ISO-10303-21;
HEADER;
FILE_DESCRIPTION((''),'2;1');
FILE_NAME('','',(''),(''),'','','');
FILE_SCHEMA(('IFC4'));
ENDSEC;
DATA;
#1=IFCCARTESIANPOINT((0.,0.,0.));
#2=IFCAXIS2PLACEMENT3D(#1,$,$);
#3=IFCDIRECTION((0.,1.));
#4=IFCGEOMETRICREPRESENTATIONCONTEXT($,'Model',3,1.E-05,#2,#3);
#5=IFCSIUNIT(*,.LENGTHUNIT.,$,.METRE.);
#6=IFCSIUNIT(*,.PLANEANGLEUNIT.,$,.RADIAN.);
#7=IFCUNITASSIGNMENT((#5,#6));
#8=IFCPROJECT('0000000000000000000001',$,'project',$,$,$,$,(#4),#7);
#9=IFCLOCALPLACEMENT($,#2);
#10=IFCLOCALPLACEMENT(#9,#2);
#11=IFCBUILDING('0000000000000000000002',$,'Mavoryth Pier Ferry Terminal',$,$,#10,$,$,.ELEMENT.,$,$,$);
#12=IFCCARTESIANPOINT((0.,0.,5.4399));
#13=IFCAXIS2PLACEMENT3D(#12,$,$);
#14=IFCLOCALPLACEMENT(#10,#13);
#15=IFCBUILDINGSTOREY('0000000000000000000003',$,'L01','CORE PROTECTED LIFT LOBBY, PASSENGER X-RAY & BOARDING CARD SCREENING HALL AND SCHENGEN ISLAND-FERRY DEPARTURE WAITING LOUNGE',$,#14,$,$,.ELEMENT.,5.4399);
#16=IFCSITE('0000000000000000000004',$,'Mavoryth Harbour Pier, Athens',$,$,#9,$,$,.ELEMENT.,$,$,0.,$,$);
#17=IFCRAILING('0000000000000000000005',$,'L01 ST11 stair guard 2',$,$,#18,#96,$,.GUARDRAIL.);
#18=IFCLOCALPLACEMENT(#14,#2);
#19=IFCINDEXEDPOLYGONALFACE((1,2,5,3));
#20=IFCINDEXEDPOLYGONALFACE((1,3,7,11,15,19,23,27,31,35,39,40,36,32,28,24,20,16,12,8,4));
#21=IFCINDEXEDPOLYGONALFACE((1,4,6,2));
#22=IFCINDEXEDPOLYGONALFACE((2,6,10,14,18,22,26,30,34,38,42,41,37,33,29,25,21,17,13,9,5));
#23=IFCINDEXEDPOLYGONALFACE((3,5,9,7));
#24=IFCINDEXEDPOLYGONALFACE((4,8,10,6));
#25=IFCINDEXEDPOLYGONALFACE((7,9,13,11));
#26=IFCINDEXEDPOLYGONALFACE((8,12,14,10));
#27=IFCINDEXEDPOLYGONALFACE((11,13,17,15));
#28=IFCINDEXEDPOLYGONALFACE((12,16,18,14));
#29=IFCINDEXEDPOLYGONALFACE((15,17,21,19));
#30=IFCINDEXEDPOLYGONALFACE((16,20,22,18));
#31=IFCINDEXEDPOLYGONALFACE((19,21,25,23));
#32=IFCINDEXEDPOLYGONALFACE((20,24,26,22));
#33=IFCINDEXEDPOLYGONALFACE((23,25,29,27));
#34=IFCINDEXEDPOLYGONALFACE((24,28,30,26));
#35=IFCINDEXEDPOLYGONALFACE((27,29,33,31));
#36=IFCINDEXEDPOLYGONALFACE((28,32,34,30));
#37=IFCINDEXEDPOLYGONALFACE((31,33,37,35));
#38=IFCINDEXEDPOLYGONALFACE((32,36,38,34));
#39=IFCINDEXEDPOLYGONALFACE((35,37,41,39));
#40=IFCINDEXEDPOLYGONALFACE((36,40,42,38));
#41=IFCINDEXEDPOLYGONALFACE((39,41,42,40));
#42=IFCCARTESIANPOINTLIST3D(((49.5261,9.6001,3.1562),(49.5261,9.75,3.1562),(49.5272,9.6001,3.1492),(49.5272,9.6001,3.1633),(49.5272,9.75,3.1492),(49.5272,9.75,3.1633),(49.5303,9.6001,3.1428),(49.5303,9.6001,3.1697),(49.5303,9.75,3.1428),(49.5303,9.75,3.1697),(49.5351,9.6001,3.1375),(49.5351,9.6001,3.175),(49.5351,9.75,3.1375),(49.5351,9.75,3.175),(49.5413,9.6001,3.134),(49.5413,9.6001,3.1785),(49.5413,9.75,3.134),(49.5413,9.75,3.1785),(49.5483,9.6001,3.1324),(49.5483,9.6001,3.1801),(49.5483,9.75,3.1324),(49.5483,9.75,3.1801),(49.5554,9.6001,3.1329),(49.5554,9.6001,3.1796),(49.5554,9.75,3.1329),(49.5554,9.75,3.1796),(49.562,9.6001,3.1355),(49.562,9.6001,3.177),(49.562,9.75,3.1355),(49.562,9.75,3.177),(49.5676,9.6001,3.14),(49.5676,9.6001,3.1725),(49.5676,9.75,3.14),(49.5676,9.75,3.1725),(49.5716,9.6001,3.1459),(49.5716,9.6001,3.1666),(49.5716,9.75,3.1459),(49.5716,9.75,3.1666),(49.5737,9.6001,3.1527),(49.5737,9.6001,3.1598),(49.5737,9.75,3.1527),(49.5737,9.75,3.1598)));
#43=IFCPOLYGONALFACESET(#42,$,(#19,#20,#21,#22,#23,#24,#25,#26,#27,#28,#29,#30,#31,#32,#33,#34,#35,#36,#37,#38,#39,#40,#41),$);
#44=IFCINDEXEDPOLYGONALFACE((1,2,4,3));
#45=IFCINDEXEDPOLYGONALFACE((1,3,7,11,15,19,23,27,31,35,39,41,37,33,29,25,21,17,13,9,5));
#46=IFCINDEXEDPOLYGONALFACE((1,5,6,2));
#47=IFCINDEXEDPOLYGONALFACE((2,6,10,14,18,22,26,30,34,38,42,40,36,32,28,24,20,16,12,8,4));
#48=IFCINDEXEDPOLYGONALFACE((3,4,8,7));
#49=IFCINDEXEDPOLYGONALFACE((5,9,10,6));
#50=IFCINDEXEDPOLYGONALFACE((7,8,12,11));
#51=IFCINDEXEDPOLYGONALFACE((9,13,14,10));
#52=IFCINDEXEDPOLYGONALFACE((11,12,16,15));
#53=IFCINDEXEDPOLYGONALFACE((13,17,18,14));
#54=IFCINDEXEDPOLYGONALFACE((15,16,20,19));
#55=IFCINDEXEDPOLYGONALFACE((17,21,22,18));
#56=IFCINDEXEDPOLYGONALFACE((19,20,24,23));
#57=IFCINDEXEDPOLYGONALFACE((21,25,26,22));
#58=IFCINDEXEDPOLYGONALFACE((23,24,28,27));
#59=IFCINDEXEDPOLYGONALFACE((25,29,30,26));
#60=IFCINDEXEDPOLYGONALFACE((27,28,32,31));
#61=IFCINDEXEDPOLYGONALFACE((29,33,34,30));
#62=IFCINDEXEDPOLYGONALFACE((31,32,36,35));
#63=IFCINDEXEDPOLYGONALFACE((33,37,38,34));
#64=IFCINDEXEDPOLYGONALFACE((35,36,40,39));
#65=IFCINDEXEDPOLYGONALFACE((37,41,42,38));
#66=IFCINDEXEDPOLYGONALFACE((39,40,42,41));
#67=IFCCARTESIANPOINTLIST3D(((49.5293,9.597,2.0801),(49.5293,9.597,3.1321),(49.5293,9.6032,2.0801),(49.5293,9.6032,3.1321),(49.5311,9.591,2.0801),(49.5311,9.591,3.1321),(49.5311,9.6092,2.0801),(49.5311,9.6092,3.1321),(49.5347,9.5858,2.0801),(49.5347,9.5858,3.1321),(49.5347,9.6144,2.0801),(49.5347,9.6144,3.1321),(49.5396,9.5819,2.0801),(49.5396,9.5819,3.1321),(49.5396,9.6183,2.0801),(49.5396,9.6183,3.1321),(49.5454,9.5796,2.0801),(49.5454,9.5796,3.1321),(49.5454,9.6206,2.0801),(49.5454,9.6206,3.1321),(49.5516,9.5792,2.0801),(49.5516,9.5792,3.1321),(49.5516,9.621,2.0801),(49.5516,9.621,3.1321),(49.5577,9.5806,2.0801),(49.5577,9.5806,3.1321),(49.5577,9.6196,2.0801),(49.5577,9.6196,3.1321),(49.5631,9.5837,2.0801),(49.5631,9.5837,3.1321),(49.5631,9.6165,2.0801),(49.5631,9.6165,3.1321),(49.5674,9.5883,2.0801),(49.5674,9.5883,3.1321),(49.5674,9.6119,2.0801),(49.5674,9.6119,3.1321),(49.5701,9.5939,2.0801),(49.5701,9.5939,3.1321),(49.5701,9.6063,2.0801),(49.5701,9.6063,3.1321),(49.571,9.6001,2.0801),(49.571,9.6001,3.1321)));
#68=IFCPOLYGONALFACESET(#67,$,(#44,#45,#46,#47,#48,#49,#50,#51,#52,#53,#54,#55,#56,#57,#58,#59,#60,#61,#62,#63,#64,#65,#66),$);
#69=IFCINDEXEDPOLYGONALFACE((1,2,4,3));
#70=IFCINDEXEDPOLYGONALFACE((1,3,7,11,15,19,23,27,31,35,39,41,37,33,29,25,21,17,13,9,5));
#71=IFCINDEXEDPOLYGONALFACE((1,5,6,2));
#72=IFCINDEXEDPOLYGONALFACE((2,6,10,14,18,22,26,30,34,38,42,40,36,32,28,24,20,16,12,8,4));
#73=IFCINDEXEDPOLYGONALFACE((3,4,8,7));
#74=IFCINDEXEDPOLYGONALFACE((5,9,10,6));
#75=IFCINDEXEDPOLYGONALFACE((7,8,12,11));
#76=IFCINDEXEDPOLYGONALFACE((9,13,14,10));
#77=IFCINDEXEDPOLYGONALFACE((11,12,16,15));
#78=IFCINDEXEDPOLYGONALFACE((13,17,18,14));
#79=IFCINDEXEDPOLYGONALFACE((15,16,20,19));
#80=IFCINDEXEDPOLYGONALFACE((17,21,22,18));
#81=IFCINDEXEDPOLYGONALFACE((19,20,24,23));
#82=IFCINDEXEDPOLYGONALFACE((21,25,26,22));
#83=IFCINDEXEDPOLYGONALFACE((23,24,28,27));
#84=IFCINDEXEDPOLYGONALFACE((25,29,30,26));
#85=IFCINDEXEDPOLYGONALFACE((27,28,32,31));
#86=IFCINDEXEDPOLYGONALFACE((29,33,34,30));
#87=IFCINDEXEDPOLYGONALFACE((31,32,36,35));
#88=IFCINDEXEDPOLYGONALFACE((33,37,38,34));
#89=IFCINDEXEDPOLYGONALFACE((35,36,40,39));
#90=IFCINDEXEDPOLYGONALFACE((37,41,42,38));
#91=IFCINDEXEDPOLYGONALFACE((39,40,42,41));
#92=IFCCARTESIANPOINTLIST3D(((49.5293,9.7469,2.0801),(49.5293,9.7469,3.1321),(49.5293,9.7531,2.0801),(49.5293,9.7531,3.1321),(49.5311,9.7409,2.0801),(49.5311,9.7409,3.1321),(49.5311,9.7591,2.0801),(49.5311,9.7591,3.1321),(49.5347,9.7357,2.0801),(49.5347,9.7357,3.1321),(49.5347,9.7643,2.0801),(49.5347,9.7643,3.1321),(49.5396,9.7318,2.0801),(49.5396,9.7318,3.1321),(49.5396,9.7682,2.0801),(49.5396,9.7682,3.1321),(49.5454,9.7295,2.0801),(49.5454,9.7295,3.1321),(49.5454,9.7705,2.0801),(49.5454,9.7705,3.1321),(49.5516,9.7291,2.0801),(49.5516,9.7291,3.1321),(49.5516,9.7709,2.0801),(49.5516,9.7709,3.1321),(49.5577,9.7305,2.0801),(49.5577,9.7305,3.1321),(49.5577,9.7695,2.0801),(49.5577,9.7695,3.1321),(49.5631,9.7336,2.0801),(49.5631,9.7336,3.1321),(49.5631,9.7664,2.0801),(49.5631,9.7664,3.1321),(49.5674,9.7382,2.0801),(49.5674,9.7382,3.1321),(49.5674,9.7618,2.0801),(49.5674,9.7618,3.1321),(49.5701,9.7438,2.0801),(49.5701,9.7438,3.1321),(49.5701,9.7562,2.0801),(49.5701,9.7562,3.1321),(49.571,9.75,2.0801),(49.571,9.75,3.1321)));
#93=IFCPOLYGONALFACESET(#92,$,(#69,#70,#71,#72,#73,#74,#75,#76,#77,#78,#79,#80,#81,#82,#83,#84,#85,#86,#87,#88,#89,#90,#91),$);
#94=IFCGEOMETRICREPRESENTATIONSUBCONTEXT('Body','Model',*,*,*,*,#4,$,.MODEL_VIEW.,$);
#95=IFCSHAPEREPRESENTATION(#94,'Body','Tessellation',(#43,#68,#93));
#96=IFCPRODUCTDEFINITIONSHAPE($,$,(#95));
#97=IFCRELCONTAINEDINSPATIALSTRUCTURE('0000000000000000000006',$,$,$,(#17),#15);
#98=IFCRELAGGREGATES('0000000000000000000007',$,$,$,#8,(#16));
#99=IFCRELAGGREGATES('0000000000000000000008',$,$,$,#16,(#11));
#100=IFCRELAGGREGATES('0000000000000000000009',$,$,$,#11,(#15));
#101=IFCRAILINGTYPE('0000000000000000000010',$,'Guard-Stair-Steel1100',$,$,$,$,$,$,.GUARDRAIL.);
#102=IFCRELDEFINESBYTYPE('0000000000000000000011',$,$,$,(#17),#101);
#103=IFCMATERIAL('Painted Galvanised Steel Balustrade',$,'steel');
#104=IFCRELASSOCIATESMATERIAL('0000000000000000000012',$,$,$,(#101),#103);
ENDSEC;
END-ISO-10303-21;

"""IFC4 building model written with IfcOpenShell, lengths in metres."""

from ifc_helpers import new_model, si_unit, direction, frame, origin, origin_2d, place, context, subcontext, project, spatial, circle, extrude, material, type_object, element, save


model = new_model("IFC4")

# Units and contexts
model_context = context("Model", 3, precision=1e-05, world=origin(), true_north=direction((0.0, 1.0)))
body_context = subcontext(model_context, "Body", "Model", "MODEL_VIEW")
ifc_project = project(units=[si_unit("LENGTHUNIT", "METRE"), si_unit("PLANEANGLEUNIT", "RADIAN")], contexts=[model_context])

# Site, building, storey
site_placement = place(None, origin())
site = spatial("IfcSite", under=ifc_project, at=site_placement, Name="Mavoryth Harbour Pier, Athens", CompositionType="ELEMENT", RefElevation=0.0)
building_placement = place(site_placement, origin())
building = spatial("IfcBuilding", under=site, at=building_placement, Name="Mavoryth Pier Ferry Terminal", CompositionType="ELEMENT")
storey_placement = place(building_placement, frame((0.0, 0.0, 5.4399)))
storey = spatial("IfcBuildingStorey", under=building, at=storey_placement, Name="L01", Description="CORE PROTECTED LIFT LOBBY, PASSENGER X-RAY & BOARDING CARD SCREENING HALL AND SCHENGEN ISLAND-FERRY DEPARTURE WAITING LOUNGE", CompositionType="ELEMENT", Elevation=5.4399)

# Railing
ifc_material_1 = material(Name="Painted Galvanised Steel Balustrade", Category="steel")
railing_type_1 = type_object("IfcRailingType", Name="Guard-Stair-Steel1100", PredefinedType="GUARDRAIL", material=ifc_material_1)
railing_1_placement = place(storey_placement, frame((49.55, 9.6001, 2.0801)))
element("IfcRailing", 1, at=railing_1_placement, inside=storey, type_object=railing_type_1, Name="L01 ST11 stair guard 2", PredefinedType="GUARDRAIL", context=body_context, shape_type="SweptSolid", body=[
    extrude(circle(Radius=0.0239, at=origin_2d()), frame((0.0, 0.0, 1.0762), z_axis=(0.0, 1.0, 0.0), x_axis=(-1.0, 0.0, 0.0)), (0.0, 0.0, 1.0), 0.1499),
    extrude(circle(Radius=0.021, at=origin_2d()), origin(), (0.0, 0.0, 1.0), 1.052),
    extrude(circle(Radius=0.021, at=origin_2d()), frame((0.0, 0.1499, 0.0)), (0.0, 0.0, 1.0), 1.052),
])

save(model, "model.ifc")
